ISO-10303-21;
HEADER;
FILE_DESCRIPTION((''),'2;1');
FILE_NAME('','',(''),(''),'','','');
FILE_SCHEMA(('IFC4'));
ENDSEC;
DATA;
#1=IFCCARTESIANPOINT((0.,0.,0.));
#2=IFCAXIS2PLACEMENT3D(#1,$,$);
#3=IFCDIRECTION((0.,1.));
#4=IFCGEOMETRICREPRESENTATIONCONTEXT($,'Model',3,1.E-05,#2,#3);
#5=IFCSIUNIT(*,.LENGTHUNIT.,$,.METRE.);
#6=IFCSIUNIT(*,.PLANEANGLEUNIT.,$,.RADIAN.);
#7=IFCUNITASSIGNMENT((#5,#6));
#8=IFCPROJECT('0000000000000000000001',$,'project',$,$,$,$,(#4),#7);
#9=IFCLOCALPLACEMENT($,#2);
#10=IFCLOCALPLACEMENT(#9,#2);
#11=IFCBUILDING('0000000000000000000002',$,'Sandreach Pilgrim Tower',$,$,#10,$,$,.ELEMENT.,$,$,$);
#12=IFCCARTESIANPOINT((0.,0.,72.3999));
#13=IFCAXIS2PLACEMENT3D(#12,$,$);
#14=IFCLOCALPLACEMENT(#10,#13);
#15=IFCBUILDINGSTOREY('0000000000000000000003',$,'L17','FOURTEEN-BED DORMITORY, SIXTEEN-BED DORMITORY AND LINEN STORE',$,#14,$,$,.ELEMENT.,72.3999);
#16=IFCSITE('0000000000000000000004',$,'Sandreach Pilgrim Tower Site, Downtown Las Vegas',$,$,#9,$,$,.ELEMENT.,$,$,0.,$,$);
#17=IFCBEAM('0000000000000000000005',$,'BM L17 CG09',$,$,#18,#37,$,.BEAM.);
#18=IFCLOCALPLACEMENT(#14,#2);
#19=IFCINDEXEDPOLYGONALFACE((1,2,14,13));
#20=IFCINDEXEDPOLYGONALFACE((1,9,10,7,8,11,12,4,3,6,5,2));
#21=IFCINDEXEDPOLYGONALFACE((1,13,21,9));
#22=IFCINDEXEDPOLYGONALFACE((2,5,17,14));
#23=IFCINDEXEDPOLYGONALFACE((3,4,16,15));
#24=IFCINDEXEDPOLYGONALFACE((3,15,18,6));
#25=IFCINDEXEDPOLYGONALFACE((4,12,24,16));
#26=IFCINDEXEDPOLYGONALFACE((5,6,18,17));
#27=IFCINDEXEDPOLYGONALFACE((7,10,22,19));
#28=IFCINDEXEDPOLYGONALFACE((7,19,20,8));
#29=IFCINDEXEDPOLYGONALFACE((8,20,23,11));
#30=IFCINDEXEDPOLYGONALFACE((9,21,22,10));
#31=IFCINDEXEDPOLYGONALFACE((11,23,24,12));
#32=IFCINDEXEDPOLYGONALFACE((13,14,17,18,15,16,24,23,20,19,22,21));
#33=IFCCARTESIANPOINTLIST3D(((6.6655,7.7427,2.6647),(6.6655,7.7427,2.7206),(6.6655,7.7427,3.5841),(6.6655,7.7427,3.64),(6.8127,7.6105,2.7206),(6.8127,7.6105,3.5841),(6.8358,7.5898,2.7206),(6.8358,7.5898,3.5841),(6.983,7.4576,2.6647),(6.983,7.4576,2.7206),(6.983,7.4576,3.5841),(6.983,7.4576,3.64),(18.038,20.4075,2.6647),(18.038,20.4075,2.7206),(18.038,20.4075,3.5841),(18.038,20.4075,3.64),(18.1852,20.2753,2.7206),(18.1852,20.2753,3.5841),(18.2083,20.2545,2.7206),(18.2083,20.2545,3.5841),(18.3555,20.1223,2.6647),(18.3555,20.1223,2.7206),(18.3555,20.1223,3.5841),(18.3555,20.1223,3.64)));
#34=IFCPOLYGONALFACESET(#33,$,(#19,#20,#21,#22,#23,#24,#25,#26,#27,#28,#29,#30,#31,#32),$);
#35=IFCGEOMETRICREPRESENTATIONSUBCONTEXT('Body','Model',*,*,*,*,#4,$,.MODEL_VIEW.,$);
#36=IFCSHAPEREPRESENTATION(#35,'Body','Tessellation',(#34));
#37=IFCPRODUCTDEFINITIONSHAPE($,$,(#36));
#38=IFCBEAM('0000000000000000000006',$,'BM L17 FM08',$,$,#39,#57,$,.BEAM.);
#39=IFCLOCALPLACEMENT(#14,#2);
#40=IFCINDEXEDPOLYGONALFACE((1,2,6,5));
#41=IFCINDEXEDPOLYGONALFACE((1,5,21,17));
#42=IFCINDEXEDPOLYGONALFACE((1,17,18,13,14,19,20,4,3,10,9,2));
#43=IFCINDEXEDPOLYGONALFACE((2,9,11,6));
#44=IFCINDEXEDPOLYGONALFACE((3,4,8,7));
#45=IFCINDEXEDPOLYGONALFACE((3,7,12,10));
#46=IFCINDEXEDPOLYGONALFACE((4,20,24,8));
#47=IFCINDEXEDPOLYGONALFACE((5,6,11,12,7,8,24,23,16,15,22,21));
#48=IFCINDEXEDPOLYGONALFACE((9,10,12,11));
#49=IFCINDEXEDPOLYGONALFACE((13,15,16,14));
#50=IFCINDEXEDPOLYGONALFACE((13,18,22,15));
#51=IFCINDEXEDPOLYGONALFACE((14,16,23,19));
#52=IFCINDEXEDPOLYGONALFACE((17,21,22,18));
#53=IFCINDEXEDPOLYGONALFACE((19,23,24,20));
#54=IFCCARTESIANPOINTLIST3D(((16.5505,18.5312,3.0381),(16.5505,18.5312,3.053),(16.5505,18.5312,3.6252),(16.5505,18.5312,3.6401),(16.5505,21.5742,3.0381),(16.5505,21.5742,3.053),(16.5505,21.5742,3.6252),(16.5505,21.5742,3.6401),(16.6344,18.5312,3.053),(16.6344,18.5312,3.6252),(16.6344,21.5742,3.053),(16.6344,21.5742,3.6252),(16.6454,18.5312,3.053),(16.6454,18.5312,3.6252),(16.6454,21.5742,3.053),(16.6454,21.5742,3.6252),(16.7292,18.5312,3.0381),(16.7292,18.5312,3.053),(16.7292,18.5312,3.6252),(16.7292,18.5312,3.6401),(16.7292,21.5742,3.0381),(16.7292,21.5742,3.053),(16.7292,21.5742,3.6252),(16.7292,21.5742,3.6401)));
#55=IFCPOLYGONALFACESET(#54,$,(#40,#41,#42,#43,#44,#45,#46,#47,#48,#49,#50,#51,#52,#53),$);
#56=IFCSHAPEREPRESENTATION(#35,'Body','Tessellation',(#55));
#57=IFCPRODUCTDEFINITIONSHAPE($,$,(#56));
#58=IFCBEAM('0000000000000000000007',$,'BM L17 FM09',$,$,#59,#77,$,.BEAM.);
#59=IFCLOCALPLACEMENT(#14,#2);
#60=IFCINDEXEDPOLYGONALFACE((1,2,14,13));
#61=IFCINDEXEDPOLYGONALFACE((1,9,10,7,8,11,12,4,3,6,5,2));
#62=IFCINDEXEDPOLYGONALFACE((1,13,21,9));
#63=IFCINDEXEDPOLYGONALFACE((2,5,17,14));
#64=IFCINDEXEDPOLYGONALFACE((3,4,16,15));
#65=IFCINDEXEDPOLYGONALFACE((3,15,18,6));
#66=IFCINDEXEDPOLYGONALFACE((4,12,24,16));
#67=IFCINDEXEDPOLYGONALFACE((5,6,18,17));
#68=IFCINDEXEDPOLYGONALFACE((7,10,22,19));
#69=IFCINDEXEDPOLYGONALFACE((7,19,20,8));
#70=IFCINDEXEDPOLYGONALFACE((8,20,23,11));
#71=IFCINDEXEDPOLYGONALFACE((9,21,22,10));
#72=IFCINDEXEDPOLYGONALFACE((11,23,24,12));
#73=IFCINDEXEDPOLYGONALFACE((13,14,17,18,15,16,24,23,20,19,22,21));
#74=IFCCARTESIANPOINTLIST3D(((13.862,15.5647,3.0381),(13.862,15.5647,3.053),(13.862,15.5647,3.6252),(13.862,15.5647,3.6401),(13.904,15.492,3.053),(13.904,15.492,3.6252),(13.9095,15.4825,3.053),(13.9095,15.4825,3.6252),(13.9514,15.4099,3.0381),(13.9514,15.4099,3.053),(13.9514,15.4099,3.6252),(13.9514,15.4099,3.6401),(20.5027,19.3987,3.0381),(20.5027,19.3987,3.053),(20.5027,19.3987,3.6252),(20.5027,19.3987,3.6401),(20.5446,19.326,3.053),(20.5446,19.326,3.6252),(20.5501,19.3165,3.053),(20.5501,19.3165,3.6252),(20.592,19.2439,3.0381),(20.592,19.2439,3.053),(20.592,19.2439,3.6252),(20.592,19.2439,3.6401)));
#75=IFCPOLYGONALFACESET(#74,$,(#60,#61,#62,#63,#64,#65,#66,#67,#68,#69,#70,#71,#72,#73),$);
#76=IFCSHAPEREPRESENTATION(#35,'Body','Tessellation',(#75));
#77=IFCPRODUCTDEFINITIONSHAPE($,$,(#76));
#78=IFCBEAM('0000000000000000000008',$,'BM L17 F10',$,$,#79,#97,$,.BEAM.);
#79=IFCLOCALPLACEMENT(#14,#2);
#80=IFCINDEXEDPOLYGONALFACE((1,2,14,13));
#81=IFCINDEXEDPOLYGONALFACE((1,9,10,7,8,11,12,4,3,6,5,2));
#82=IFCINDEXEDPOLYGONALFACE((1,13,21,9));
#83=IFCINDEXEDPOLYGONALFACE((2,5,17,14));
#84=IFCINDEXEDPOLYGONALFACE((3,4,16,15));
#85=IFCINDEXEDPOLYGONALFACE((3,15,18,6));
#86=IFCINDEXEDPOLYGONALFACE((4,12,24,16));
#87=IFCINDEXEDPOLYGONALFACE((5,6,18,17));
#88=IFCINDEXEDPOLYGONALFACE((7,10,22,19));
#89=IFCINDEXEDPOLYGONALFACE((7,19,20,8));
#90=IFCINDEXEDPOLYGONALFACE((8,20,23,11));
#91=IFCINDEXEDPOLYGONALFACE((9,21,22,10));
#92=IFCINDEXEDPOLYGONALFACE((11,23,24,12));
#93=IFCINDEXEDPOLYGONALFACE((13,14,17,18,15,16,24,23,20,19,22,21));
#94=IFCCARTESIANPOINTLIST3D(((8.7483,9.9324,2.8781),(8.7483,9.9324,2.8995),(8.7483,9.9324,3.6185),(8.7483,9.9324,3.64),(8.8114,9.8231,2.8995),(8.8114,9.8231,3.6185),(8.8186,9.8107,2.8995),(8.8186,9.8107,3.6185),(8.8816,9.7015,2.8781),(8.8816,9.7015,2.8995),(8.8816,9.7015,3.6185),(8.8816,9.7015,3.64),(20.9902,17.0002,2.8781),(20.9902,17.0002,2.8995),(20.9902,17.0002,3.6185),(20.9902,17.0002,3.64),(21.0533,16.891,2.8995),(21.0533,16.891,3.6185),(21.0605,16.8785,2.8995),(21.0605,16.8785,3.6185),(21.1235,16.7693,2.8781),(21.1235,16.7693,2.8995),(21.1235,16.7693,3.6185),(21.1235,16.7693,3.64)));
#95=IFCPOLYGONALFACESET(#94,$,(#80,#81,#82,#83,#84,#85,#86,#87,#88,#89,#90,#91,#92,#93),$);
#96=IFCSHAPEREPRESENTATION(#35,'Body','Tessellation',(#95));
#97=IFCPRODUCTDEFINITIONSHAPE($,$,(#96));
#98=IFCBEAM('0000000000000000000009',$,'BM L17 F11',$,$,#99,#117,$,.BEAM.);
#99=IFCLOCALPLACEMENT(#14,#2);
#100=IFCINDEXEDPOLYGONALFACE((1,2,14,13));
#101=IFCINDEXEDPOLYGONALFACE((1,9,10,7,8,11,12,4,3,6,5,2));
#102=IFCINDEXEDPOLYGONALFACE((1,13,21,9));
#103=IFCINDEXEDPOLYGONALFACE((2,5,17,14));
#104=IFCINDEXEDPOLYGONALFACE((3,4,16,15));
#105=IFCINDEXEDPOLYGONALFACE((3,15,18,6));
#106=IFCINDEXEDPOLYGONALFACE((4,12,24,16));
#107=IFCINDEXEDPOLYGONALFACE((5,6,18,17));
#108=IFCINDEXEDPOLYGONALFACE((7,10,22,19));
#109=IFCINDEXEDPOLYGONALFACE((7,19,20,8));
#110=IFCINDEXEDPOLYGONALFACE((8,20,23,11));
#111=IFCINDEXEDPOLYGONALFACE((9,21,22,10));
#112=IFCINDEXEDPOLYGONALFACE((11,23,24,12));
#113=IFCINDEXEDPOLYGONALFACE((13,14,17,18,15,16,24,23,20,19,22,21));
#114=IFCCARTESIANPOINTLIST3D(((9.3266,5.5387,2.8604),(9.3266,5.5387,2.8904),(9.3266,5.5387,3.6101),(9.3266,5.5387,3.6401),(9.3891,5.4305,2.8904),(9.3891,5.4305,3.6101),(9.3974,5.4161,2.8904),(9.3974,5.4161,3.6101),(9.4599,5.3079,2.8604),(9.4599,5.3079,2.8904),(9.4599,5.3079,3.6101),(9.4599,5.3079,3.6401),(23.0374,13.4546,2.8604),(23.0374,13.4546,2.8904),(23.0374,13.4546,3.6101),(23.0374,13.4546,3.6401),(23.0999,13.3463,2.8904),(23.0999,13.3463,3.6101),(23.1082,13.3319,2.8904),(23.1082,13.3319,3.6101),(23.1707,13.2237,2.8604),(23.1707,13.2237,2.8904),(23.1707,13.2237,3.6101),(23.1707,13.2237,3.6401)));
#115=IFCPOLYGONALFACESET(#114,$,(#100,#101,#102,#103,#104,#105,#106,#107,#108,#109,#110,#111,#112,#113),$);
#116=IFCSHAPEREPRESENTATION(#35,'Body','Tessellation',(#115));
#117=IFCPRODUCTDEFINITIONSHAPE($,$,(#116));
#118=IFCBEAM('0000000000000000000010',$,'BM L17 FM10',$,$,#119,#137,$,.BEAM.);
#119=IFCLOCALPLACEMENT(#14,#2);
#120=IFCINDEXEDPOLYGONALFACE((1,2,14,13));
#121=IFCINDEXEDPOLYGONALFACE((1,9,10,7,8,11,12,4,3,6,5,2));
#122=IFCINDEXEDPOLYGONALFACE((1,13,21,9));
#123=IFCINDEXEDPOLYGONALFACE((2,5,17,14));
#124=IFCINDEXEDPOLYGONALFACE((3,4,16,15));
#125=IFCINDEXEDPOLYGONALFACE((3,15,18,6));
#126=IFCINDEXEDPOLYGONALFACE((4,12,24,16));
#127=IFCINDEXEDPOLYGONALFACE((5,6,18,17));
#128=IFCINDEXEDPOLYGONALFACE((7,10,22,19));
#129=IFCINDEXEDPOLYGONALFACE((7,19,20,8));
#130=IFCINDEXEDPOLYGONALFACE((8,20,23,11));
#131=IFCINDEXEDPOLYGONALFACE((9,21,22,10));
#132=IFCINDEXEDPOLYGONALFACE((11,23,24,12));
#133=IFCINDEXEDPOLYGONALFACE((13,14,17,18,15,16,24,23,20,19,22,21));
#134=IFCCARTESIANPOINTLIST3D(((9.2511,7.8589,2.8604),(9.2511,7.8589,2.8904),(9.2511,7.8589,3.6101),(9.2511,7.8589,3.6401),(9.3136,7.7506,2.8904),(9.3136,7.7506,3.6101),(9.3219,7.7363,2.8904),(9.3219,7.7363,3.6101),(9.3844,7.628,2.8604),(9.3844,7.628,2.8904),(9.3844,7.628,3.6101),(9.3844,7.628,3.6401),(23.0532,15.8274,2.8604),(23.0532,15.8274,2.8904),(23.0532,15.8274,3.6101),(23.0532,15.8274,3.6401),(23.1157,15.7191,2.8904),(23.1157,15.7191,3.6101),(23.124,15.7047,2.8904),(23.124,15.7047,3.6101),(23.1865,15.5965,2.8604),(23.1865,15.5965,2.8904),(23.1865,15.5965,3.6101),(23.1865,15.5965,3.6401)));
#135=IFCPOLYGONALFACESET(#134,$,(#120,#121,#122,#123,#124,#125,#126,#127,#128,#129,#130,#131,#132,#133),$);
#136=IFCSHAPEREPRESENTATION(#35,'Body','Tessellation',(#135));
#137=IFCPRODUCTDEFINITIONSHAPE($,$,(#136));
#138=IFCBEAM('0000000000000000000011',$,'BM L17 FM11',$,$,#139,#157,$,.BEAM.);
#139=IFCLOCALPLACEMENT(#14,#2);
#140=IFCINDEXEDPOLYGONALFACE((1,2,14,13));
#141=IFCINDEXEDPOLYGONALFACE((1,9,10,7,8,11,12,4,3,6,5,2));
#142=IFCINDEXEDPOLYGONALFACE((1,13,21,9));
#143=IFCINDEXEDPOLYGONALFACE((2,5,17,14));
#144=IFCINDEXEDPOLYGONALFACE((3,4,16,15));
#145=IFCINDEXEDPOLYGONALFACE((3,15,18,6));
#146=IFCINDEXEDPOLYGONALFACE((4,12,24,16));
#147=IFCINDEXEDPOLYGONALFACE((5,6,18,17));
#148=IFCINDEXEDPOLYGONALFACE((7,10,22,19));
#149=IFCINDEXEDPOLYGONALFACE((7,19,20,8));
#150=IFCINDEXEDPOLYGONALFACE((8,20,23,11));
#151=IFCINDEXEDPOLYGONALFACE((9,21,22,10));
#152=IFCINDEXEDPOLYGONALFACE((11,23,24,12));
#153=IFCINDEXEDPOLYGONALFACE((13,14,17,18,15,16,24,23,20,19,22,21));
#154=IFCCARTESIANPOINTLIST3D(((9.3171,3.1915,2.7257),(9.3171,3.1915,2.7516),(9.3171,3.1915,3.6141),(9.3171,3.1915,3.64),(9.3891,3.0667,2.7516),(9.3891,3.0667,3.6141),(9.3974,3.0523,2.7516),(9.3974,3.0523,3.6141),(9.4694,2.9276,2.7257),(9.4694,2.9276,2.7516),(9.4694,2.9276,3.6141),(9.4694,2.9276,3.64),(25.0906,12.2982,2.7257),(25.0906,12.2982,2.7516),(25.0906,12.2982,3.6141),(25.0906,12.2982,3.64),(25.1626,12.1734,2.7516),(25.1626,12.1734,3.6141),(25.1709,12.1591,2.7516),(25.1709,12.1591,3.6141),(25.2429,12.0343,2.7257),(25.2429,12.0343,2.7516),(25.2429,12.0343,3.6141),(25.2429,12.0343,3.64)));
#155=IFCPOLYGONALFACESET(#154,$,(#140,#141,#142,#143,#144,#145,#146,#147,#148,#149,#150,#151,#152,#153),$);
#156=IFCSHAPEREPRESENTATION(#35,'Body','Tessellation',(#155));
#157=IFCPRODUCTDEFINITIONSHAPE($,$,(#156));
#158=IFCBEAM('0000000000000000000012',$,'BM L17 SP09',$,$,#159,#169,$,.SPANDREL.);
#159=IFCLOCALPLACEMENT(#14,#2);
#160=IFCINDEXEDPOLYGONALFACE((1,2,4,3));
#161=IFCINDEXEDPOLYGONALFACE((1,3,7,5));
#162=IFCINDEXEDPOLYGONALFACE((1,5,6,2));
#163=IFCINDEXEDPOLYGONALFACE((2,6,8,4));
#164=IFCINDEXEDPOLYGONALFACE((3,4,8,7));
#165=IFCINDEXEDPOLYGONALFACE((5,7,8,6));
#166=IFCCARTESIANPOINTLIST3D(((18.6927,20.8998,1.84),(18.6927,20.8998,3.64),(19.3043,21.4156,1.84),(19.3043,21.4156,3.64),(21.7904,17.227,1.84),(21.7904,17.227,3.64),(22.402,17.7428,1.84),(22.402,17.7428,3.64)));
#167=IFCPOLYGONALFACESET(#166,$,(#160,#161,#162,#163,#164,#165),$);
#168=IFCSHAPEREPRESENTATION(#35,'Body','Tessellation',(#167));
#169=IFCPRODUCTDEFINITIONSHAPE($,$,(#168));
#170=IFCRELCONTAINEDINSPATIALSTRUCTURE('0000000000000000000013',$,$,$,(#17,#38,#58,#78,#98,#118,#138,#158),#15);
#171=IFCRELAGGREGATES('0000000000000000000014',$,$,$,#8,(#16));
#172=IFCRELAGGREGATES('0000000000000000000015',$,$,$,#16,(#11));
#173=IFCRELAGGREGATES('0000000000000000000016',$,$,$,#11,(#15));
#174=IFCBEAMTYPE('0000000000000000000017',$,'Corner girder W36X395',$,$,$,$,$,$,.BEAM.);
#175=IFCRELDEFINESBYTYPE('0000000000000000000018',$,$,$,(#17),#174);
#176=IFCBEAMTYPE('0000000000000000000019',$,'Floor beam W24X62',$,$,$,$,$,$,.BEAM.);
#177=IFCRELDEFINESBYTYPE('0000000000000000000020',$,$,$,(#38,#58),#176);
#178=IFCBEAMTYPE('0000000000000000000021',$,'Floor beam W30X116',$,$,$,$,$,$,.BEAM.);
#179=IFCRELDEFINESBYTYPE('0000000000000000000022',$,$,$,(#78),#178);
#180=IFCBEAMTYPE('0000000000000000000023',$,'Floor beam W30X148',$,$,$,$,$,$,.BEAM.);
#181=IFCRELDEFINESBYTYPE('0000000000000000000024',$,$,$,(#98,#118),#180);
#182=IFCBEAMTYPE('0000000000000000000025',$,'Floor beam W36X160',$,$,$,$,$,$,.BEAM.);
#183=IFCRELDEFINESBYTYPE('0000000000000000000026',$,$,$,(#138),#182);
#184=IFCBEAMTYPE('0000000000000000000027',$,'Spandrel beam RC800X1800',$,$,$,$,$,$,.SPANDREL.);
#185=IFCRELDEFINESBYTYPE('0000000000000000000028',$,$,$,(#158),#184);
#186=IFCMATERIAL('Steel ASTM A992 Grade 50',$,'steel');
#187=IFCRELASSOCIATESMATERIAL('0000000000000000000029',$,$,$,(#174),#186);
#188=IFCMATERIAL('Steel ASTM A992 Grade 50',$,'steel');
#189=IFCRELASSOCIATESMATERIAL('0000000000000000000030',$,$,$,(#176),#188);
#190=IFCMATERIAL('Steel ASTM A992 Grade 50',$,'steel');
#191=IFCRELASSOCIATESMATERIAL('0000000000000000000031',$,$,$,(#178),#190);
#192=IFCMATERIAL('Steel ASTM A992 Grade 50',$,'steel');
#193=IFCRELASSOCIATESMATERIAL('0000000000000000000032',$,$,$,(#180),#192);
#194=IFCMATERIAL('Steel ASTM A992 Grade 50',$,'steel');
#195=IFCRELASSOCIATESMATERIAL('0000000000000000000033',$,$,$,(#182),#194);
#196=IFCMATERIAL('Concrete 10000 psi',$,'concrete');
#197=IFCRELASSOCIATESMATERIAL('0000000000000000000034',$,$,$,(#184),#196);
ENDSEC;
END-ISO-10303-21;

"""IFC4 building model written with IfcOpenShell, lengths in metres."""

from ifc_helpers import new_model, si_unit, direction, frame, origin, origin_2d, place, context, subcontext, project, spatial, rectangle, i_section, extrude, material, material_profile, profile_set, type_object, element, save


model = new_model("IFC4")

# Units and contexts
model_context = context("Model", 3, precision=1e-05, world=origin(), true_north=direction((0.0, 1.0)))
body_context = subcontext(model_context, "Body", "Model", "MODEL_VIEW")
ifc_project = project(units=[si_unit("LENGTHUNIT", "METRE"), si_unit("PLANEANGLEUNIT", "RADIAN")], contexts=[model_context])

# Site, building, storey
site_placement = place(None, origin())
site = spatial("IfcSite", under=ifc_project, at=site_placement, Name="Sandreach Pilgrim Tower Site, Downtown Las Vegas", CompositionType="ELEMENT", RefElevation=0.0)
building_placement = place(site_placement, origin())
building = spatial("IfcBuilding", under=site, at=building_placement, Name="Sandreach Pilgrim Tower", CompositionType="ELEMENT")
storey_placement = place(building_placement, frame((0.0, 0.0, 72.3999)))
storey = spatial("IfcBuildingStorey", under=building, at=storey_placement, Name="L17", Description="FOURTEEN-BED DORMITORY, SIXTEEN-BED DORMITORY AND LINEN STORE", CompositionType="ELEMENT", Elevation=72.3999)

# Beams
ifc_material_1 = material(Name="Steel ASTM A992 Grade 50", Category="steel")
ifc_material_profile_1 = material_profile(ifc_material_1, i_section(OverallWidth=0.4268, OverallDepth=0.9753, WebThickness=0.031, FlangeThickness=0.0559, at=origin_2d()), Name="W36X395")
ifc_profile_set_1 = profile_set([ifc_material_profile_1], Name="Steel ASTM A992 Grade 50")
beam_type_1 = type_object("IfcBeamType", Name="Corner girder W36X395", PredefinedType="BEAM", material=ifc_profile_set_1)
beam_1_placement = place(storey_placement, frame((18.1968, 20.2649, 3.1523), z_axis=(-0.668128, -0.744046, 0.0), x_axis=(0.744046, -0.668128, 0.0)))
element("IfcBeam", 1, at=beam_1_placement, inside=storey, type_object=beam_type_1, Name="BM L17 CG09", PredefinedType="BEAM", context=body_context, shape_type="SweptSolid", body=[
    extrude(i_section(OverallWidth=0.4268, OverallDepth=0.9753, WebThickness=0.031, FlangeThickness=0.0559, at=origin_2d()), origin(), (0.0, 0.0, 1.0), 17.0215),
])
ifc_material_2 = material(Name="Steel ASTM A992 Grade 50", Category="steel")
ifc_material_profile_2 = material_profile(ifc_material_2, i_section(OverallWidth=0.1787, OverallDepth=0.6021, WebThickness=0.011, FlangeThickness=0.0149, at=origin_2d()), Name="W24X62")
ifc_profile_set_2 = profile_set([ifc_material_profile_2], Name="Steel ASTM A992 Grade 50")
beam_type_2 = type_object("IfcBeamType", Name="Floor beam W24X62", PredefinedType="BEAM", material=ifc_profile_set_2)
beam_2_placement = place(storey_placement, frame((16.6399, 21.5742, 3.3391), z_axis=(0.0, -1.0, 0.0), x_axis=(1.0, 0.0, 0.0)))
element("IfcBeam", 2, at=beam_2_placement, inside=storey, type_object=beam_type_2, Name="BM L17 FM08", PredefinedType="BEAM", context=body_context, shape_type="SweptSolid", body=[
    extrude(i_section(OverallWidth=0.1787, OverallDepth=0.6021, WebThickness=0.011, FlangeThickness=0.0149, at=origin_2d()), origin(), (0.0, 0.0, 1.0), 3.043),
])
beam_3_placement = place(storey_placement, frame((20.5474, 19.3213, 3.3391), z_axis=(-0.866024, -0.500002, 0.0), x_axis=(0.500002, -0.866024, 0.0)))
element("IfcBeam", 3, at=beam_3_placement, inside=storey, type_object=beam_type_2, Name="BM L17 FM09", PredefinedType="BEAM", context=body_context, shape_type="SweptSolid", body=[
    extrude(i_section(OverallWidth=0.1787, OverallDepth=0.6021, WebThickness=0.011, FlangeThickness=0.0149, at=origin_2d()), origin(), (0.0, 0.0, 1.0), 7.668),
])
ifc_material_3 = material(Name="Steel ASTM A992 Grade 50", Category="steel")
ifc_material_profile_3 = material_profile(ifc_material_3, i_section(OverallWidth=0.2666, OverallDepth=0.762, WebThickness=0.0144, FlangeThickness=0.0215, at=origin_2d()), Name="W30X116")
ifc_profile_set_3 = profile_set([ifc_material_profile_3], Name="Steel ASTM A992 Grade 50")
beam_type_3 = type_object("IfcBeamType", Name="Floor beam W30X116", PredefinedType="BEAM", material=ifc_profile_set_3)
beam_4_placement = place(storey_placement, frame((21.0569, 16.8848, 3.259), z_axis=(-0.866026, -0.499999, 0.0), x_axis=(0.499999, -0.866026, 0.0)))
element("IfcBeam", 4, at=beam_4_placement, inside=storey, type_object=beam_type_3, Name="BM L17 F10", PredefinedType="BEAM", context=body_context, shape_type="SweptSolid", body=[
    extrude(i_section(OverallWidth=0.2666, OverallDepth=0.762, WebThickness=0.0144, FlangeThickness=0.0215, at=origin_2d()), origin(), (0.0, 0.0, 1.0), 14.1357),
])
ifc_material_4 = material(Name="Steel ASTM A992 Grade 50", Category="steel")
ifc_material_profile_4 = material_profile(ifc_material_4, i_section(OverallWidth=0.2666, OverallDepth=0.7798, WebThickness=0.0166, FlangeThickness=0.03, at=origin_2d()), Name="W30X148")
ifc_profile_set_4 = profile_set([ifc_material_profile_4], Name="Steel ASTM A992 Grade 50")
beam_type_4 = type_object("IfcBeamType", Name="Floor beam W30X148", PredefinedType="BEAM", material=ifc_profile_set_4)
beam_5_placement = place(storey_placement, frame((23.104, 13.3391, 3.2502), z_axis=(-0.866028, -0.499995, 0.0), x_axis=(0.499995, -0.866028, 0.0)))
element("IfcBeam", 5, at=beam_5_placement, inside=storey, type_object=beam_type_4, Name="BM L17 F11", PredefinedType="BEAM", context=body_context, shape_type="SweptSolid", body=[
    extrude(i_section(OverallWidth=0.2666, OverallDepth=0.7798, WebThickness=0.0166, FlangeThickness=0.03, at=origin_2d()), origin(), (0.0, 0.0, 1.0), 15.8318),
])
beam_6_placement = place(storey_placement, frame((23.1199, 15.7119, 3.2502), z_axis=(-0.866032, -0.499989, 0.0), x_axis=(0.499989, -0.866032, 0.0)))
element("IfcBeam", 6, at=beam_6_placement, inside=storey, type_object=beam_type_4, Name="BM L17 FM10", PredefinedType="BEAM", context=body_context, shape_type="SweptSolid", body=[
    extrude(i_section(OverallWidth=0.2666, OverallDepth=0.7798, WebThickness=0.0166, FlangeThickness=0.03, at=origin_2d()), origin(), (0.0, 0.0, 1.0), 15.9373),
])
ifc_material_5 = material(Name="Steel ASTM A992 Grade 50", Category="steel")
ifc_material_profile_5 = material_profile(ifc_material_5, i_section(OverallWidth=0.3047, OverallDepth=0.9143, WebThickness=0.0166, FlangeThickness=0.0259, at=origin_2d()), Name="W36X160")
ifc_profile_set_5 = profile_set([ifc_material_profile_5], Name="Steel ASTM A992 Grade 50")
beam_type_5 = type_object("IfcBeamType", Name="Floor beam W36X160", PredefinedType="BEAM", material=ifc_profile_set_5)
beam_7_placement = place(storey_placement, frame((25.1667, 12.1663, 3.1829), z_axis=(-0.866028, -0.499996, 0.0), x_axis=(0.499996, -0.866028, 0.0)))
element("IfcBeam", 7, at=beam_7_placement, inside=storey, type_object=beam_type_5, Name="BM L17 FM11", PredefinedType="BEAM", context=body_context, shape_type="SweptSolid", body=[
    extrude(i_section(OverallWidth=0.3047, OverallDepth=0.9143, WebThickness=0.0166, FlangeThickness=0.0259, at=origin_2d()), origin(), (0.0, 0.0, 1.0), 18.2136),
])
ifc_material_6 = material(Name="Concrete 10000 psi", Category="concrete")
ifc_material_profile_6 = material_profile(ifc_material_6, rectangle(XDim=0.8, YDim=1.8, at=origin_2d()), Name="RC800X1800")
ifc_profile_set_6 = profile_set([ifc_material_profile_6], Name="Concrete 10000 psi")
beam_type_6 = type_object("IfcBeamType", Name="Spandrel beam RC800X1800", PredefinedType="SPANDREL", material=ifc_profile_set_6)
beam_8_placement = place(storey_placement, frame((18.9985, 21.1577, 2.74), z_axis=(0.644711, -0.764426, 0.0), x_axis=(0.764426, 0.644711, 0.0)))
element("IfcBeam", 8, at=beam_8_placement, inside=storey, type_object=beam_type_6, Name="BM L17 SP09", PredefinedType="SPANDREL", context=body_context, shape_type="SweptSolid", body=[
    extrude(rectangle(XDim=0.8, YDim=1.8, at=origin_2d()), origin(), (0.0, 0.0, 1.0), 4.8047),
])

save(model, "model.ifc")
